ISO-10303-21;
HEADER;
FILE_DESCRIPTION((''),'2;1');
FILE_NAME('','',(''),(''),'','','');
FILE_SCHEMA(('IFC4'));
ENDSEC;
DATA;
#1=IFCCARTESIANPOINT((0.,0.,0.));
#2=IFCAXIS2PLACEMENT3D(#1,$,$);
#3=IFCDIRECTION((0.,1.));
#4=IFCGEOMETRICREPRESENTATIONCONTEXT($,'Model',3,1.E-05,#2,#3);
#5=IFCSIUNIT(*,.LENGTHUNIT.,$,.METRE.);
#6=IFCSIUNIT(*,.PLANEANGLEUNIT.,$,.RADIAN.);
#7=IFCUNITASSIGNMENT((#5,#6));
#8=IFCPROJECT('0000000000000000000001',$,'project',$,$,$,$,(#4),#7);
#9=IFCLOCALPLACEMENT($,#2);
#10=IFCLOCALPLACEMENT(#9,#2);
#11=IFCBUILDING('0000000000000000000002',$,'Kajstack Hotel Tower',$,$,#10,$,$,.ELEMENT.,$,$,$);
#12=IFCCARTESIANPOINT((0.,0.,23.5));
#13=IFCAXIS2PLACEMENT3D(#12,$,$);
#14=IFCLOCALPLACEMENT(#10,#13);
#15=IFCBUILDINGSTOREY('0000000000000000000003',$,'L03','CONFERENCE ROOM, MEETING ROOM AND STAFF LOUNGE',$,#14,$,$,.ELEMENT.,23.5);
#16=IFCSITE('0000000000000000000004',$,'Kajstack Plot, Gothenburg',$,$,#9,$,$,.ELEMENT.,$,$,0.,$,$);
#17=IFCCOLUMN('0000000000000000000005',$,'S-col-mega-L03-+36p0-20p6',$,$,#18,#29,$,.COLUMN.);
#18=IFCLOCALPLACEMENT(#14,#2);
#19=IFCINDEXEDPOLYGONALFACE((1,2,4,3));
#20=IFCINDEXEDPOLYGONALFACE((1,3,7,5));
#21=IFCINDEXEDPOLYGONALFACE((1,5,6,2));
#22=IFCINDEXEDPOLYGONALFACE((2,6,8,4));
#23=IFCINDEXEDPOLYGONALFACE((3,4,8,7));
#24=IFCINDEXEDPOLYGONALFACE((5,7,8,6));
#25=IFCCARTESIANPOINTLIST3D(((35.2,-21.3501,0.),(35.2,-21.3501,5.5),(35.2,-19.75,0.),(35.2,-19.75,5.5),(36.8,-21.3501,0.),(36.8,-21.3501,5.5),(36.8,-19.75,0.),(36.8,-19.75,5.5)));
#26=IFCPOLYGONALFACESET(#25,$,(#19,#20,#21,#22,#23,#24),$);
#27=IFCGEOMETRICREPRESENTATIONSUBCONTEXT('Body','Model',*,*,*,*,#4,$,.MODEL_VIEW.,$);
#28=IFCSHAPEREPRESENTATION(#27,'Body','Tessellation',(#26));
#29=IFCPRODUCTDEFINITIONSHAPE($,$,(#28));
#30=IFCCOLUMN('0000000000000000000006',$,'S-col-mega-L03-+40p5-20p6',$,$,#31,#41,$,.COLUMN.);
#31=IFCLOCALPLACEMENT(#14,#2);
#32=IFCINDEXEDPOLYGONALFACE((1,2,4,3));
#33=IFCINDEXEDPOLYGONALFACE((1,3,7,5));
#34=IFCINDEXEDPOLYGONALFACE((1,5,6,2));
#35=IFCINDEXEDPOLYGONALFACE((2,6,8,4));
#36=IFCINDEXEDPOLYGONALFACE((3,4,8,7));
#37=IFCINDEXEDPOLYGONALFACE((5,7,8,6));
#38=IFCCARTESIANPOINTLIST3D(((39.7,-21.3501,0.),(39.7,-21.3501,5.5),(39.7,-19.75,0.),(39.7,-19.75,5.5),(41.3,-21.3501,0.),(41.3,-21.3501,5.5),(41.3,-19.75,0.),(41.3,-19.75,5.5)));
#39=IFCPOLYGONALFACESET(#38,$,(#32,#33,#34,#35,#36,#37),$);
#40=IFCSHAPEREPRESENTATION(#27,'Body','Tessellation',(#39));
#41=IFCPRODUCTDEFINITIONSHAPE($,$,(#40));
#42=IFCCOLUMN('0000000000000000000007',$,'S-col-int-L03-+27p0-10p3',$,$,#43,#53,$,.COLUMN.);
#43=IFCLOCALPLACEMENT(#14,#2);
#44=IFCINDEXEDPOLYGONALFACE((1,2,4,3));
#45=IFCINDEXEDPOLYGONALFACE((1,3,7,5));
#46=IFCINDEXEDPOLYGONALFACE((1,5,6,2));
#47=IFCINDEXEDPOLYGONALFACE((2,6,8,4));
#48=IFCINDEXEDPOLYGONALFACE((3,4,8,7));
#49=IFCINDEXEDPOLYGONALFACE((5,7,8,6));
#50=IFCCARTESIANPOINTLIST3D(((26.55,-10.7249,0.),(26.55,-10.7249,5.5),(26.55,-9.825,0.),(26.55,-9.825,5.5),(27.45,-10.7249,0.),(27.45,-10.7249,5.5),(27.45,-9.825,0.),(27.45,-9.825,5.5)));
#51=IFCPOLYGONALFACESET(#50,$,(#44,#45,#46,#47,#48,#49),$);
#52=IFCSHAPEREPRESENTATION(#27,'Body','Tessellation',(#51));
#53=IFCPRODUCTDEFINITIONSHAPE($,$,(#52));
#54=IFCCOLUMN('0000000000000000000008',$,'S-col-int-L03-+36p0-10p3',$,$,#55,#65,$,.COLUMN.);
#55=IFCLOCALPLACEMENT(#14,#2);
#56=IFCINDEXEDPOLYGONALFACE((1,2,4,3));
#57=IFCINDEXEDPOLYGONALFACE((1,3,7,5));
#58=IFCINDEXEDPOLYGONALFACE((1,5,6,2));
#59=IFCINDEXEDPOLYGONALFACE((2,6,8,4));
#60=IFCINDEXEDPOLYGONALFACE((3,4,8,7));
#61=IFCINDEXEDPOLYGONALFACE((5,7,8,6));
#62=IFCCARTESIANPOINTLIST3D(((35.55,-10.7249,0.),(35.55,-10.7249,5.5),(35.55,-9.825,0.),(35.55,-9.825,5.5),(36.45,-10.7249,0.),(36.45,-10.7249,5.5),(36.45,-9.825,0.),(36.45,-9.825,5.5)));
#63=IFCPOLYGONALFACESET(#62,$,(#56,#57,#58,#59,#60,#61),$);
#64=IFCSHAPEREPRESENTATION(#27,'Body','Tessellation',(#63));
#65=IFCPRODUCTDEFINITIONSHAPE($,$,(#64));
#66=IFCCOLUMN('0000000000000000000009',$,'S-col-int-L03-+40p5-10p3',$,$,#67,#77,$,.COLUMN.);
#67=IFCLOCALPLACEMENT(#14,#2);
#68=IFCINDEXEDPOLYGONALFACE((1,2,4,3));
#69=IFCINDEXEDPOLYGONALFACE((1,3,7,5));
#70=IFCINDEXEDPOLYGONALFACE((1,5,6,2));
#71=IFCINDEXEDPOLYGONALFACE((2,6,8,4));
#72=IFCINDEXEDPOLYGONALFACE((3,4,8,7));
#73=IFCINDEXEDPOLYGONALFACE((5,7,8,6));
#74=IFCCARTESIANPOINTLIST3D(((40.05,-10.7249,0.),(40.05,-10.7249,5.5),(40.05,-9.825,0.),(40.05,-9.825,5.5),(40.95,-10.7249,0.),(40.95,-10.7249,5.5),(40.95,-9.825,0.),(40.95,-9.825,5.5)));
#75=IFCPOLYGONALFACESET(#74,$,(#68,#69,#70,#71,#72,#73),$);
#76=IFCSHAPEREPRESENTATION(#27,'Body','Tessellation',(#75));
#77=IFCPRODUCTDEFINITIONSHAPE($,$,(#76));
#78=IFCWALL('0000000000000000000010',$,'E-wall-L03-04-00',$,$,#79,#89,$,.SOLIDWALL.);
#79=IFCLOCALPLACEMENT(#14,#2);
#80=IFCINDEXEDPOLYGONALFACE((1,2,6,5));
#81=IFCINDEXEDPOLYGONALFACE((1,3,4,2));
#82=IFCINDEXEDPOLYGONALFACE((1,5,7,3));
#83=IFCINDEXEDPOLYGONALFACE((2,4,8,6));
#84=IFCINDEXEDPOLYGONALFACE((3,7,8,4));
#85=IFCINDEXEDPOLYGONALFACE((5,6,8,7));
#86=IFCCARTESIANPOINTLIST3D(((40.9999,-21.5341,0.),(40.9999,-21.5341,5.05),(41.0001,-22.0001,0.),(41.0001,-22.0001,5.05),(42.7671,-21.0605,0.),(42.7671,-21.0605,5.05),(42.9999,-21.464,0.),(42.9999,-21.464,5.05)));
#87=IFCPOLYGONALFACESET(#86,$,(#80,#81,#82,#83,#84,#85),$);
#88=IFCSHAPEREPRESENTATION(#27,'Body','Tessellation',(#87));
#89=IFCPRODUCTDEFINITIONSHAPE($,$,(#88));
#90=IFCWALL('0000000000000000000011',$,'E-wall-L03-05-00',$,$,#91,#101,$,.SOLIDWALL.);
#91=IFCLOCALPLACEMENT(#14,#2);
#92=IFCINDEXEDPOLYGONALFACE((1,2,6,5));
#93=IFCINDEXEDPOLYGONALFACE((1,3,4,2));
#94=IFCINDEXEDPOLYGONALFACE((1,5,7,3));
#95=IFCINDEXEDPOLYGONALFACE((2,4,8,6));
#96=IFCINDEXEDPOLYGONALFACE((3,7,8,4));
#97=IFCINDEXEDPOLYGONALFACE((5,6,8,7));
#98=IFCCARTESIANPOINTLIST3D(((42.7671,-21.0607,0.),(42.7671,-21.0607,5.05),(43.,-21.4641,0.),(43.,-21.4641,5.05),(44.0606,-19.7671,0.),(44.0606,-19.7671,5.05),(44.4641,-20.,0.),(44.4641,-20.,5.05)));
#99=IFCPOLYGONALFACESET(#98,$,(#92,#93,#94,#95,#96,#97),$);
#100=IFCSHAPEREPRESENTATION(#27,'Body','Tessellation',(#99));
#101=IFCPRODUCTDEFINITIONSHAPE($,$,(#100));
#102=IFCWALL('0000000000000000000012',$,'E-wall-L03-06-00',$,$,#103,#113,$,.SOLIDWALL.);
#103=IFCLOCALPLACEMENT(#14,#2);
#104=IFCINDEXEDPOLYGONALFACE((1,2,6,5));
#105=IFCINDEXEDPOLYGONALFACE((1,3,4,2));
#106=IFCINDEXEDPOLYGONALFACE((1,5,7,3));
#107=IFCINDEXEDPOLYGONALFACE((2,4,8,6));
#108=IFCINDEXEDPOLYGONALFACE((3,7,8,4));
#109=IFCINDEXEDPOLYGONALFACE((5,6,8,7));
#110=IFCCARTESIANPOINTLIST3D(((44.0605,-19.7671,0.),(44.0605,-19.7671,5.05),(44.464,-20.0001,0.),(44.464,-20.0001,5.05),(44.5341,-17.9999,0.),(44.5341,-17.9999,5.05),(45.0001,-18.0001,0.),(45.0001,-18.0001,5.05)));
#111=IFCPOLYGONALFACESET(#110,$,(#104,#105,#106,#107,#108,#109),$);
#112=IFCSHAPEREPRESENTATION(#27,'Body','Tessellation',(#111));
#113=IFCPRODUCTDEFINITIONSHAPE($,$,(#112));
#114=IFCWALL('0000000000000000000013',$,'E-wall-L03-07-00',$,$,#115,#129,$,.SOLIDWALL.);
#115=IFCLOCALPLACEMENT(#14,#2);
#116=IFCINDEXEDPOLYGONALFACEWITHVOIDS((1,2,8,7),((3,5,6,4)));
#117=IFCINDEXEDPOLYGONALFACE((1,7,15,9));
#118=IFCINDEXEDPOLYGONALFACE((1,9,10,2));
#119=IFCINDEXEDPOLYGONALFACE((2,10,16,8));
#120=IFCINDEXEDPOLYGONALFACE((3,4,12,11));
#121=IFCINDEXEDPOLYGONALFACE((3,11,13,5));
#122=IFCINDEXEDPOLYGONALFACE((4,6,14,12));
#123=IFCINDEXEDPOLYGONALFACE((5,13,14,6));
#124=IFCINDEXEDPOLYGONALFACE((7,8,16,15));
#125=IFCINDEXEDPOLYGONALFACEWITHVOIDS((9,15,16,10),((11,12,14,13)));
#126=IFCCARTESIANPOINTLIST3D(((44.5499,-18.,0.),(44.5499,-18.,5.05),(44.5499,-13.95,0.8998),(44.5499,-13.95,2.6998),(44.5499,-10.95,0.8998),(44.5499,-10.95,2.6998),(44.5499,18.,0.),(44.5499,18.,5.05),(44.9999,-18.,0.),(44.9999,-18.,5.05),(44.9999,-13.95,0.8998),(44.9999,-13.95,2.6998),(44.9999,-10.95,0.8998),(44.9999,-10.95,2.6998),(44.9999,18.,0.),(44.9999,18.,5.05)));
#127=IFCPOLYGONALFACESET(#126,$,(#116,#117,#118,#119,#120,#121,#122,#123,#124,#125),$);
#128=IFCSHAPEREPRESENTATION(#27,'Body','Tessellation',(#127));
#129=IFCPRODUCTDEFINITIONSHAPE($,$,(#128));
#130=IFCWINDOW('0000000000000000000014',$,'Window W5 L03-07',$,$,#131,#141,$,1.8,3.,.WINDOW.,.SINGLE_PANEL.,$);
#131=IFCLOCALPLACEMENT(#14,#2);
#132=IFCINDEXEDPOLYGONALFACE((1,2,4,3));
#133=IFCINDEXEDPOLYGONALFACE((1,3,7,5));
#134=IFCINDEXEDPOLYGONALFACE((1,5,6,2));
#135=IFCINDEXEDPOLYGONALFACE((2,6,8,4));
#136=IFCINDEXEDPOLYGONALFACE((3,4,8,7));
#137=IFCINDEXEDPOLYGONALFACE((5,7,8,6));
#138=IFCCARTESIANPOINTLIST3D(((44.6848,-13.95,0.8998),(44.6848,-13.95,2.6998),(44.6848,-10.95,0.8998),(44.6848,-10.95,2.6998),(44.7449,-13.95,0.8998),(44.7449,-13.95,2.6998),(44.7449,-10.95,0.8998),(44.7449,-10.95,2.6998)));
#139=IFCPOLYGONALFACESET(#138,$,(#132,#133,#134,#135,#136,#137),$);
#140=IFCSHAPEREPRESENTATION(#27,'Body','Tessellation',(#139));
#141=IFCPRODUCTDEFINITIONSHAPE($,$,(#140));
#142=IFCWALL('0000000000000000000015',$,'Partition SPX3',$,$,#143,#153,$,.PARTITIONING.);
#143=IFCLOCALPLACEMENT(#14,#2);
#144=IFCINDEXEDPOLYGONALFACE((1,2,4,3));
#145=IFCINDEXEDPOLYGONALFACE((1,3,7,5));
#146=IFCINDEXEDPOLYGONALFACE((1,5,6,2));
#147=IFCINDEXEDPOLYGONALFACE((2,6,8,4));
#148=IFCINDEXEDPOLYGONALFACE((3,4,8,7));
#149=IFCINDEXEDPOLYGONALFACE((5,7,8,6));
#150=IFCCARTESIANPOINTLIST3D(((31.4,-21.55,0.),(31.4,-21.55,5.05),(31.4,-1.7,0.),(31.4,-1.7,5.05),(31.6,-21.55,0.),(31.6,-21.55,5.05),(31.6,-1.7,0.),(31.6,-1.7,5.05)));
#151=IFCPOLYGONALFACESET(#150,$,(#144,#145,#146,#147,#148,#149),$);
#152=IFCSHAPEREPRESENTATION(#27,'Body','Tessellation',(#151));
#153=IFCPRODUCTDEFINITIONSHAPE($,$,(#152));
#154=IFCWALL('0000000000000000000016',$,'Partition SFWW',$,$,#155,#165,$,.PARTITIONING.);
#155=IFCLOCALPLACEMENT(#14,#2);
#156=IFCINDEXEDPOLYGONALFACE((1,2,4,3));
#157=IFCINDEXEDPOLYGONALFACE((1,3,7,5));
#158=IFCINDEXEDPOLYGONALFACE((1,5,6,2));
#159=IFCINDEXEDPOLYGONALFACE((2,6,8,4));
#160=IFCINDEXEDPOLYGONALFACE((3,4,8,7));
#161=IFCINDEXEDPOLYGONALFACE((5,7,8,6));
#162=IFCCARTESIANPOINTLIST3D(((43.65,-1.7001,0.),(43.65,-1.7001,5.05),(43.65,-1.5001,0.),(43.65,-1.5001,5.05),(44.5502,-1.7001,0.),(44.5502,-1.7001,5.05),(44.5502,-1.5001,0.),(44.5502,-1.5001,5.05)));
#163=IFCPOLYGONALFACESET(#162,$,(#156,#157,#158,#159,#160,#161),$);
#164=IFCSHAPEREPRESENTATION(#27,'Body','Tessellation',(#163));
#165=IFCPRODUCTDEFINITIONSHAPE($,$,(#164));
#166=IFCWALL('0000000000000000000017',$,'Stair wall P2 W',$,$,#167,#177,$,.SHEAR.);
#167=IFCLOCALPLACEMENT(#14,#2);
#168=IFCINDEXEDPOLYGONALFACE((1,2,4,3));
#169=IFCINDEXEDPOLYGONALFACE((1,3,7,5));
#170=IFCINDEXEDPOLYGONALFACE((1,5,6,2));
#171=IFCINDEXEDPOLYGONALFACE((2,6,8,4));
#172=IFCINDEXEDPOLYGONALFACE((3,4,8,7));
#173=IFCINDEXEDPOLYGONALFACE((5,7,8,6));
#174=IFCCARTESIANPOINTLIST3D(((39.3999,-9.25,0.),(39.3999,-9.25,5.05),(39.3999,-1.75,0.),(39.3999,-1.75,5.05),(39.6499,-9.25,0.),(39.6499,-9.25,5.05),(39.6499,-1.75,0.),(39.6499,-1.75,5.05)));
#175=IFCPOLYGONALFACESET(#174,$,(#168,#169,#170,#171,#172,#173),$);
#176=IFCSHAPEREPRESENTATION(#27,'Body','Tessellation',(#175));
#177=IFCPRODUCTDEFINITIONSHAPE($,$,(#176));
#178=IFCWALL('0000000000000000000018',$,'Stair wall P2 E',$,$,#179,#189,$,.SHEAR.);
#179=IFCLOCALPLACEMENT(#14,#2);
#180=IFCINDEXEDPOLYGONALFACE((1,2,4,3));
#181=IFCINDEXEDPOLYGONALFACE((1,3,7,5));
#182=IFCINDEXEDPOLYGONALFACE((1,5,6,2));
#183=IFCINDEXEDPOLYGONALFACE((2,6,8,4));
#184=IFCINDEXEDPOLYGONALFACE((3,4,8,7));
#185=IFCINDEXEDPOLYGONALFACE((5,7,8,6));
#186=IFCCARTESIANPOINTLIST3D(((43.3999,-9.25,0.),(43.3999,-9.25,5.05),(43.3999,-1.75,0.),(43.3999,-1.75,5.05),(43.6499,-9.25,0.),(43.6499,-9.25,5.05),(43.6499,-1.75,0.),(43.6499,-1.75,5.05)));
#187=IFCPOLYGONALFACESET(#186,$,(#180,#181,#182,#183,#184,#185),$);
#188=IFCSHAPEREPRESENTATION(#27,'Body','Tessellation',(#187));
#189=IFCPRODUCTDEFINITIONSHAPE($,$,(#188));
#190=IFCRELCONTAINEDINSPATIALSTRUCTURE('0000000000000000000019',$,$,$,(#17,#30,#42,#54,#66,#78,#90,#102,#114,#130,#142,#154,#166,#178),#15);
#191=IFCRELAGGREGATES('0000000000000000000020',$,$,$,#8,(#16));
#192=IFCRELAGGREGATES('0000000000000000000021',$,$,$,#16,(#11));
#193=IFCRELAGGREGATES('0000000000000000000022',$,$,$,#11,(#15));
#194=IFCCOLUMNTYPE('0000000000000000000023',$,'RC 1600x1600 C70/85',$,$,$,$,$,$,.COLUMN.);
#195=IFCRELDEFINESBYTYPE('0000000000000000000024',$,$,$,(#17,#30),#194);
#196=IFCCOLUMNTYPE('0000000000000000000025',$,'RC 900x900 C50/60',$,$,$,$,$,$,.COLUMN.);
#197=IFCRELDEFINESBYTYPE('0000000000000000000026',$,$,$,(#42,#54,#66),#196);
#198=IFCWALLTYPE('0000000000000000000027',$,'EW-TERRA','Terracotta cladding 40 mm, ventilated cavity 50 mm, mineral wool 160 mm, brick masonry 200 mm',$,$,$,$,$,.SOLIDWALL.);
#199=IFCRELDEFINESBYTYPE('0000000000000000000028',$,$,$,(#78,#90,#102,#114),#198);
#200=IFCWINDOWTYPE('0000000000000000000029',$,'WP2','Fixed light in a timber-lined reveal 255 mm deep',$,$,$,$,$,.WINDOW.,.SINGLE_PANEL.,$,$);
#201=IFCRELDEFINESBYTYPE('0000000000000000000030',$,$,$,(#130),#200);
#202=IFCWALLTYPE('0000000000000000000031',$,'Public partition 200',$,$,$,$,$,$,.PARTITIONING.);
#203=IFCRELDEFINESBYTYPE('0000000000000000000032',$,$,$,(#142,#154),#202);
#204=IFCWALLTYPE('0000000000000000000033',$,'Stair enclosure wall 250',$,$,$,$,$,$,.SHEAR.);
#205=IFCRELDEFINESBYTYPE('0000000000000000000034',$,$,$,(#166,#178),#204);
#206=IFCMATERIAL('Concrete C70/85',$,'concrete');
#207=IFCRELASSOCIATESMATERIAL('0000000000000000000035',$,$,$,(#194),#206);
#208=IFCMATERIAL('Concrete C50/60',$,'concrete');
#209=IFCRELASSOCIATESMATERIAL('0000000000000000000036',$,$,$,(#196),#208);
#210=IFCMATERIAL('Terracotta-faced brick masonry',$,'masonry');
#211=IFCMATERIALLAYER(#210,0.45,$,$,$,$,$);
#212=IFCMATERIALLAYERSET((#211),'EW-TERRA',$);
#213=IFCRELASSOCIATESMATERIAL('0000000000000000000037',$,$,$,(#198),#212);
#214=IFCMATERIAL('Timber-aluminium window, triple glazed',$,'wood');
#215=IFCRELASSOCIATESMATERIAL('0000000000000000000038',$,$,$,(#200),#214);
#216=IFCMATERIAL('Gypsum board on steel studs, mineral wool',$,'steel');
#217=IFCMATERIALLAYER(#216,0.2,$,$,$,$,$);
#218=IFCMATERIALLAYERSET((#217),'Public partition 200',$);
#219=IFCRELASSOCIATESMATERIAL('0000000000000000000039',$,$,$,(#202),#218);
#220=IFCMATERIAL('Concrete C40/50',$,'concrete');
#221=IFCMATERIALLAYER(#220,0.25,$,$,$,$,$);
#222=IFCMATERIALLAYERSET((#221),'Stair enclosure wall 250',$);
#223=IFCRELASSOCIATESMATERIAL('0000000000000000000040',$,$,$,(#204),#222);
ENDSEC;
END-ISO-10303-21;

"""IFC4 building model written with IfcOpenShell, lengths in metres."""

from ifc_helpers import new_model, si_unit, direction, frame, frame_2d, origin, origin_2d, place, context, subcontext, project, spatial, polyline, rectangle, outline, extrude, material, layer, layer_set, material_profile, profile_set, type_object, element, fill, save


model = new_model("IFC4")

# Units and contexts
model_context = context("Model", 3, precision=1e-05, world=origin(), true_north=direction((0.0, 1.0)))
body_context = subcontext(model_context, "Body", "Model", "MODEL_VIEW")
ifc_project = project(units=[si_unit("LENGTHUNIT", "METRE"), si_unit("PLANEANGLEUNIT", "RADIAN")], contexts=[model_context])

# Site, building, storey
site_placement = place(None, origin())
site = spatial("IfcSite", under=ifc_project, at=site_placement, Name="Kajstack Plot, Gothenburg", CompositionType="ELEMENT", RefElevation=0.0)
building_placement = place(site_placement, origin())
building = spatial("IfcBuilding", under=site, at=building_placement, Name="Kajstack Hotel Tower", CompositionType="ELEMENT")
storey_placement = place(building_placement, frame((0.0, 0.0, 23.5)))
storey = spatial("IfcBuildingStorey", under=building, at=storey_placement, Name="L03", Description="CONFERENCE ROOM, MEETING ROOM AND STAFF LOUNGE", CompositionType="ELEMENT", Elevation=23.5)

# Columns
ifc_material_1 = material(Name="Concrete C70/85", Category="concrete")
ifc_material_profile_1 = material_profile(ifc_material_1, rectangle(XDim=1.6001, YDim=1.6001, at=origin_2d()), Name="RC 1600x1600")
ifc_profile_set_1 = profile_set([ifc_material_profile_1], Name="Concrete C70/85")
column_type_1 = type_object("IfcColumnType", Name="RC 1600x1600 C70/85", PredefinedType="COLUMN", material=ifc_profile_set_1)
for number, where, z_axis, x_axis, name in (
    (1, (36.0, -20.55, 0.0), (0.0, 0.0, 1.0), (1.0, 0.0, 0.0), "S-col-mega-L03-+36p0-20p6"),
    (2, (40.5, -20.55, 0.0), (0.0, 0.0, 1.0), (1.0, 0.0, 0.0), "S-col-mega-L03-+40p5-20p6"),
):
    element("IfcColumn", number, at=place(storey_placement, frame(where, z_axis=z_axis, x_axis=x_axis)), inside=storey, type_object=column_type_1, Name=name, PredefinedType="COLUMN", context=body_context, shape_type="SweptSolid", body=[
        extrude(rectangle(XDim=1.6001, YDim=1.6001, at=origin_2d()), origin(), (0.0, 0.0, 1.0), 5.5),
    ])
ifc_material_2 = material(Name="Concrete C50/60", Category="concrete")
ifc_material_profile_2 = material_profile(ifc_material_2, rectangle(XDim=0.8999, YDim=0.8999, at=origin_2d()), Name="RC 900x900")
ifc_profile_set_2 = profile_set([ifc_material_profile_2], Name="Concrete C50/60")
column_type_2 = type_object("IfcColumnType", Name="RC 900x900 C50/60", PredefinedType="COLUMN", material=ifc_profile_set_2)
for number, where, z_axis, x_axis, name in (
    (3, (27.0, -10.2749, 0.0), (0.0, 0.0, 1.0), (1.0, 0.0, 0.0), "S-col-int-L03-+27p0-10p3"),
    (4, (36.0, -10.2749, 0.0), (0.0, 0.0, 1.0), (1.0, 0.0, 0.0), "S-col-int-L03-+36p0-10p3"),
    (5, (40.5, -10.2749, 0.0), (0.0, 0.0, 1.0), (1.0, 0.0, 0.0), "S-col-int-L03-+40p5-10p3"),
):
    element("IfcColumn", number, at=place(storey_placement, frame(where, z_axis=z_axis, x_axis=x_axis)), inside=storey, type_object=column_type_2, Name=name, PredefinedType="COLUMN", context=body_context, shape_type="SweptSolid", body=[
        extrude(rectangle(XDim=0.8999, YDim=0.8999, at=origin_2d()), origin(), (0.0, 0.0, 1.0), 5.5),
    ])

# Walls
ifc_material_3 = material(Name="Terracotta-faced brick masonry", Category="masonry")
ifc_layer_1 = layer(ifc_material_3, 0.45)
ifc_layer_set_1 = layer_set([ifc_layer_1], Name="EW-TERRA")
wall_type_1 = type_object("IfcWallType", Name="EW-TERRA", Description="Terracotta cladding 40 mm, ventilated cavity 50 mm, mineral wool 160 mm, brick masonry 200 mm", PredefinedType="SOLIDWALL", material=ifc_layer_set_1)
wall_1_placement = place(storey_placement, frame((40.9417, -21.7827, 0.0), z_axis=(0.0, 0.0, 1.0), x_axis=(0.965927, 0.258815, 0.0)))
element("IfcWall", 6, at=wall_1_placement, inside=storey, type_object=wall_type_1, Name="E-wall-L03-04-00", PredefinedType="SOLIDWALL", context=body_context, shape_type="SweptSolid", body=[
    extrude(outline(polyline([(0.0002, -0.2251), (2.0706, -0.2249), (1.9502, 0.2251), (0.1206, 0.2251), (0.0002, -0.2251)])), origin(), (0.0, 0.0, 1.0), 5.05),
])
wall_2_placement = place(storey_placement, frame((42.8408, -21.3049, 0.0), z_axis=(0.0, 0.0, 1.0), x_axis=(0.707107, 0.707107, 0.0)))
element("IfcWall", 7, at=wall_2_placement, inside=storey, type_object=wall_type_1, Name="E-wall-L03-05-00", PredefinedType="SOLIDWALL", context=body_context, shape_type="SweptSolid", body=[
    extrude(outline(polyline([(0.0, -0.2251), (2.0706, -0.2251), (1.95, 0.2249), (0.1206, 0.2249), (0.0, -0.2251)])), origin(), (0.0, 0.0, 1.0), 5.05),
])
wall_3_placement = place(storey_placement, frame((44.2468, -19.9417, 0.0), z_axis=(0.0, 0.0, 1.0), x_axis=(0.258815, 0.965927, 0.0)))
element("IfcWall", 8, at=wall_3_placement, inside=storey, type_object=wall_type_1, Name="E-wall-L03-06-00", PredefinedType="SOLIDWALL", context=body_context, shape_type="SweptSolid", body=[
    extrude(outline(polyline([(-0.0002, -0.2249), (2.0703, -0.2251), (1.95, 0.2251), (0.1204, 0.2251), (-0.0002, -0.2249)])), origin(), (0.0, 0.0, 1.0), 5.05),
])

# Wall, opening, window
wall_4_placement = place(storey_placement, frame((44.7749, -18.0, 0.0), z_axis=(0.0, 0.0, 1.0), x_axis=(0.0, 1.0, 0.0)))
wall_4 = element("IfcWall", 9, at=wall_4_placement, inside=storey, type_object=wall_type_1, Name="E-wall-L03-07-00", PredefinedType="SOLIDWALL", context=body_context, shape_type="SweptSolid", body=[
    extrude(rectangle(XDim=36.0, YDim=0.45, at=frame_2d((18.0, 0.0))), origin(), (0.0, 0.0, 1.0), 5.05),
])
opening_1_placement = place(wall_4_placement, frame((4.05, 0.0, 0.8999)))
opening_1 = element("IfcOpeningElement", 10, at=opening_1_placement, cuts=wall_4, PredefinedType="OPENING", context=body_context, shape_type="SweptSolid", body=[
    extrude(rectangle(XDim=3.0, YDim=1.8, at=frame_2d((1.5, 0.8999))), frame((0.0, 0.2349, 0.0), z_axis=(0.0, -1.0, 0.0), x_axis=(1.0, 0.0, 0.0)), (0.0, 0.0, 1.0), 0.47),
])
ifc_material_4 = material(Name="Timber-aluminium window, triple glazed", Category="wood")
window_type = type_object("IfcWindowType", Name="WP2", Description="Fixed light in a timber-lined reveal 255 mm deep", PartitioningType="SINGLE_PANEL", PredefinedType="WINDOW", material=ifc_material_4)
window_placement = place(opening_1_placement, origin())
window = element("IfcWindow", 11, at=window_placement, inside=storey, type_object=window_type, Name="Window W5 L03-07", OverallHeight=1.8, OverallWidth=3.0, PartitioningType="SINGLE_PANEL", PredefinedType="WINDOW", context=body_context, shape_type="SweptSolid", body=[
    extrude(rectangle(XDim=3.0, YDim=1.8, at=frame_2d((1.5, 0.8999))), frame((0.0, 0.0901, 0.0), z_axis=(0.0, -1.0, 0.0), x_axis=(1.0, 0.0, 0.0)), (0.0, 0.0, 1.0), 0.0601),
])
fill(opening_1, window)

# Walls
ifc_material_5 = material(Name="Gypsum board on steel studs, mineral wool", Category="steel")
ifc_layer_2 = layer(ifc_material_5, 0.2)
ifc_layer_set_2 = layer_set([ifc_layer_2], Name="Public partition 200")
wall_type_2 = type_object("IfcWallType", Name="Public partition 200", PredefinedType="PARTITIONING", material=ifc_layer_set_2)
wall_5_placement = place(storey_placement, frame((31.5, -21.55, 0.0), z_axis=(0.0, 0.0, 1.0), x_axis=(0.0, 1.0, 0.0)))
element("IfcWall", 12, at=wall_5_placement, inside=storey, type_object=wall_type_2, Name="Partition SPX3", PredefinedType="PARTITIONING", context=body_context, shape_type="SweptSolid", body=[
    extrude(rectangle(XDim=19.8501, YDim=0.2, at=frame_2d((9.925, 0.0))), origin(), (0.0, 0.0, 1.0), 5.05),
])
wall_6_placement = place(storey_placement, frame((43.6499, -1.6001, 0.0), z_axis=(0.0, 0.0, 1.0), x_axis=(1.0, 0.0, 0.0)))
element("IfcWall", 13, at=wall_6_placement, inside=storey, type_object=wall_type_2, Name="Partition SFWW", PredefinedType="PARTITIONING", context=body_context, shape_type="SweptSolid", body=[
    extrude(rectangle(XDim=0.9001, YDim=0.2, at=frame_2d((0.4502, 0.0))), origin(), (0.0, 0.0, 1.0), 5.05),
])
ifc_material_6 = material(Name="Concrete C40/50", Category="concrete")
ifc_layer_3 = layer(ifc_material_6, 0.25)
ifc_layer_set_3 = layer_set([ifc_layer_3], Name="Stair enclosure wall 250")
wall_type_3 = type_object("IfcWallType", Name="Stair enclosure wall 250", PredefinedType="SHEAR", material=ifc_layer_set_3)
for number, where, z_axis, x_axis, name in (
    (14, (39.5249, -9.25, 0.0), (0.0, 0.0, 1.0), (0.0, 1.0, 0.0), "Stair wall P2 W"),
    (15, (43.5249, -9.25, 0.0), (0.0, 0.0, 1.0), (0.0, 1.0, 0.0), "Stair wall P2 E"),
):
    element("IfcWall", number, at=place(storey_placement, frame(where, z_axis=z_axis, x_axis=x_axis)), inside=storey, type_object=wall_type_3, Name=name, PredefinedType="SHEAR", context=body_context, shape_type="SweptSolid", body=[
        extrude(rectangle(XDim=7.5, YDim=0.25, at=frame_2d((3.75, 0.0))), origin(), (0.0, 0.0, 1.0), 5.05),
    ])

save(model, "model.ifc")
